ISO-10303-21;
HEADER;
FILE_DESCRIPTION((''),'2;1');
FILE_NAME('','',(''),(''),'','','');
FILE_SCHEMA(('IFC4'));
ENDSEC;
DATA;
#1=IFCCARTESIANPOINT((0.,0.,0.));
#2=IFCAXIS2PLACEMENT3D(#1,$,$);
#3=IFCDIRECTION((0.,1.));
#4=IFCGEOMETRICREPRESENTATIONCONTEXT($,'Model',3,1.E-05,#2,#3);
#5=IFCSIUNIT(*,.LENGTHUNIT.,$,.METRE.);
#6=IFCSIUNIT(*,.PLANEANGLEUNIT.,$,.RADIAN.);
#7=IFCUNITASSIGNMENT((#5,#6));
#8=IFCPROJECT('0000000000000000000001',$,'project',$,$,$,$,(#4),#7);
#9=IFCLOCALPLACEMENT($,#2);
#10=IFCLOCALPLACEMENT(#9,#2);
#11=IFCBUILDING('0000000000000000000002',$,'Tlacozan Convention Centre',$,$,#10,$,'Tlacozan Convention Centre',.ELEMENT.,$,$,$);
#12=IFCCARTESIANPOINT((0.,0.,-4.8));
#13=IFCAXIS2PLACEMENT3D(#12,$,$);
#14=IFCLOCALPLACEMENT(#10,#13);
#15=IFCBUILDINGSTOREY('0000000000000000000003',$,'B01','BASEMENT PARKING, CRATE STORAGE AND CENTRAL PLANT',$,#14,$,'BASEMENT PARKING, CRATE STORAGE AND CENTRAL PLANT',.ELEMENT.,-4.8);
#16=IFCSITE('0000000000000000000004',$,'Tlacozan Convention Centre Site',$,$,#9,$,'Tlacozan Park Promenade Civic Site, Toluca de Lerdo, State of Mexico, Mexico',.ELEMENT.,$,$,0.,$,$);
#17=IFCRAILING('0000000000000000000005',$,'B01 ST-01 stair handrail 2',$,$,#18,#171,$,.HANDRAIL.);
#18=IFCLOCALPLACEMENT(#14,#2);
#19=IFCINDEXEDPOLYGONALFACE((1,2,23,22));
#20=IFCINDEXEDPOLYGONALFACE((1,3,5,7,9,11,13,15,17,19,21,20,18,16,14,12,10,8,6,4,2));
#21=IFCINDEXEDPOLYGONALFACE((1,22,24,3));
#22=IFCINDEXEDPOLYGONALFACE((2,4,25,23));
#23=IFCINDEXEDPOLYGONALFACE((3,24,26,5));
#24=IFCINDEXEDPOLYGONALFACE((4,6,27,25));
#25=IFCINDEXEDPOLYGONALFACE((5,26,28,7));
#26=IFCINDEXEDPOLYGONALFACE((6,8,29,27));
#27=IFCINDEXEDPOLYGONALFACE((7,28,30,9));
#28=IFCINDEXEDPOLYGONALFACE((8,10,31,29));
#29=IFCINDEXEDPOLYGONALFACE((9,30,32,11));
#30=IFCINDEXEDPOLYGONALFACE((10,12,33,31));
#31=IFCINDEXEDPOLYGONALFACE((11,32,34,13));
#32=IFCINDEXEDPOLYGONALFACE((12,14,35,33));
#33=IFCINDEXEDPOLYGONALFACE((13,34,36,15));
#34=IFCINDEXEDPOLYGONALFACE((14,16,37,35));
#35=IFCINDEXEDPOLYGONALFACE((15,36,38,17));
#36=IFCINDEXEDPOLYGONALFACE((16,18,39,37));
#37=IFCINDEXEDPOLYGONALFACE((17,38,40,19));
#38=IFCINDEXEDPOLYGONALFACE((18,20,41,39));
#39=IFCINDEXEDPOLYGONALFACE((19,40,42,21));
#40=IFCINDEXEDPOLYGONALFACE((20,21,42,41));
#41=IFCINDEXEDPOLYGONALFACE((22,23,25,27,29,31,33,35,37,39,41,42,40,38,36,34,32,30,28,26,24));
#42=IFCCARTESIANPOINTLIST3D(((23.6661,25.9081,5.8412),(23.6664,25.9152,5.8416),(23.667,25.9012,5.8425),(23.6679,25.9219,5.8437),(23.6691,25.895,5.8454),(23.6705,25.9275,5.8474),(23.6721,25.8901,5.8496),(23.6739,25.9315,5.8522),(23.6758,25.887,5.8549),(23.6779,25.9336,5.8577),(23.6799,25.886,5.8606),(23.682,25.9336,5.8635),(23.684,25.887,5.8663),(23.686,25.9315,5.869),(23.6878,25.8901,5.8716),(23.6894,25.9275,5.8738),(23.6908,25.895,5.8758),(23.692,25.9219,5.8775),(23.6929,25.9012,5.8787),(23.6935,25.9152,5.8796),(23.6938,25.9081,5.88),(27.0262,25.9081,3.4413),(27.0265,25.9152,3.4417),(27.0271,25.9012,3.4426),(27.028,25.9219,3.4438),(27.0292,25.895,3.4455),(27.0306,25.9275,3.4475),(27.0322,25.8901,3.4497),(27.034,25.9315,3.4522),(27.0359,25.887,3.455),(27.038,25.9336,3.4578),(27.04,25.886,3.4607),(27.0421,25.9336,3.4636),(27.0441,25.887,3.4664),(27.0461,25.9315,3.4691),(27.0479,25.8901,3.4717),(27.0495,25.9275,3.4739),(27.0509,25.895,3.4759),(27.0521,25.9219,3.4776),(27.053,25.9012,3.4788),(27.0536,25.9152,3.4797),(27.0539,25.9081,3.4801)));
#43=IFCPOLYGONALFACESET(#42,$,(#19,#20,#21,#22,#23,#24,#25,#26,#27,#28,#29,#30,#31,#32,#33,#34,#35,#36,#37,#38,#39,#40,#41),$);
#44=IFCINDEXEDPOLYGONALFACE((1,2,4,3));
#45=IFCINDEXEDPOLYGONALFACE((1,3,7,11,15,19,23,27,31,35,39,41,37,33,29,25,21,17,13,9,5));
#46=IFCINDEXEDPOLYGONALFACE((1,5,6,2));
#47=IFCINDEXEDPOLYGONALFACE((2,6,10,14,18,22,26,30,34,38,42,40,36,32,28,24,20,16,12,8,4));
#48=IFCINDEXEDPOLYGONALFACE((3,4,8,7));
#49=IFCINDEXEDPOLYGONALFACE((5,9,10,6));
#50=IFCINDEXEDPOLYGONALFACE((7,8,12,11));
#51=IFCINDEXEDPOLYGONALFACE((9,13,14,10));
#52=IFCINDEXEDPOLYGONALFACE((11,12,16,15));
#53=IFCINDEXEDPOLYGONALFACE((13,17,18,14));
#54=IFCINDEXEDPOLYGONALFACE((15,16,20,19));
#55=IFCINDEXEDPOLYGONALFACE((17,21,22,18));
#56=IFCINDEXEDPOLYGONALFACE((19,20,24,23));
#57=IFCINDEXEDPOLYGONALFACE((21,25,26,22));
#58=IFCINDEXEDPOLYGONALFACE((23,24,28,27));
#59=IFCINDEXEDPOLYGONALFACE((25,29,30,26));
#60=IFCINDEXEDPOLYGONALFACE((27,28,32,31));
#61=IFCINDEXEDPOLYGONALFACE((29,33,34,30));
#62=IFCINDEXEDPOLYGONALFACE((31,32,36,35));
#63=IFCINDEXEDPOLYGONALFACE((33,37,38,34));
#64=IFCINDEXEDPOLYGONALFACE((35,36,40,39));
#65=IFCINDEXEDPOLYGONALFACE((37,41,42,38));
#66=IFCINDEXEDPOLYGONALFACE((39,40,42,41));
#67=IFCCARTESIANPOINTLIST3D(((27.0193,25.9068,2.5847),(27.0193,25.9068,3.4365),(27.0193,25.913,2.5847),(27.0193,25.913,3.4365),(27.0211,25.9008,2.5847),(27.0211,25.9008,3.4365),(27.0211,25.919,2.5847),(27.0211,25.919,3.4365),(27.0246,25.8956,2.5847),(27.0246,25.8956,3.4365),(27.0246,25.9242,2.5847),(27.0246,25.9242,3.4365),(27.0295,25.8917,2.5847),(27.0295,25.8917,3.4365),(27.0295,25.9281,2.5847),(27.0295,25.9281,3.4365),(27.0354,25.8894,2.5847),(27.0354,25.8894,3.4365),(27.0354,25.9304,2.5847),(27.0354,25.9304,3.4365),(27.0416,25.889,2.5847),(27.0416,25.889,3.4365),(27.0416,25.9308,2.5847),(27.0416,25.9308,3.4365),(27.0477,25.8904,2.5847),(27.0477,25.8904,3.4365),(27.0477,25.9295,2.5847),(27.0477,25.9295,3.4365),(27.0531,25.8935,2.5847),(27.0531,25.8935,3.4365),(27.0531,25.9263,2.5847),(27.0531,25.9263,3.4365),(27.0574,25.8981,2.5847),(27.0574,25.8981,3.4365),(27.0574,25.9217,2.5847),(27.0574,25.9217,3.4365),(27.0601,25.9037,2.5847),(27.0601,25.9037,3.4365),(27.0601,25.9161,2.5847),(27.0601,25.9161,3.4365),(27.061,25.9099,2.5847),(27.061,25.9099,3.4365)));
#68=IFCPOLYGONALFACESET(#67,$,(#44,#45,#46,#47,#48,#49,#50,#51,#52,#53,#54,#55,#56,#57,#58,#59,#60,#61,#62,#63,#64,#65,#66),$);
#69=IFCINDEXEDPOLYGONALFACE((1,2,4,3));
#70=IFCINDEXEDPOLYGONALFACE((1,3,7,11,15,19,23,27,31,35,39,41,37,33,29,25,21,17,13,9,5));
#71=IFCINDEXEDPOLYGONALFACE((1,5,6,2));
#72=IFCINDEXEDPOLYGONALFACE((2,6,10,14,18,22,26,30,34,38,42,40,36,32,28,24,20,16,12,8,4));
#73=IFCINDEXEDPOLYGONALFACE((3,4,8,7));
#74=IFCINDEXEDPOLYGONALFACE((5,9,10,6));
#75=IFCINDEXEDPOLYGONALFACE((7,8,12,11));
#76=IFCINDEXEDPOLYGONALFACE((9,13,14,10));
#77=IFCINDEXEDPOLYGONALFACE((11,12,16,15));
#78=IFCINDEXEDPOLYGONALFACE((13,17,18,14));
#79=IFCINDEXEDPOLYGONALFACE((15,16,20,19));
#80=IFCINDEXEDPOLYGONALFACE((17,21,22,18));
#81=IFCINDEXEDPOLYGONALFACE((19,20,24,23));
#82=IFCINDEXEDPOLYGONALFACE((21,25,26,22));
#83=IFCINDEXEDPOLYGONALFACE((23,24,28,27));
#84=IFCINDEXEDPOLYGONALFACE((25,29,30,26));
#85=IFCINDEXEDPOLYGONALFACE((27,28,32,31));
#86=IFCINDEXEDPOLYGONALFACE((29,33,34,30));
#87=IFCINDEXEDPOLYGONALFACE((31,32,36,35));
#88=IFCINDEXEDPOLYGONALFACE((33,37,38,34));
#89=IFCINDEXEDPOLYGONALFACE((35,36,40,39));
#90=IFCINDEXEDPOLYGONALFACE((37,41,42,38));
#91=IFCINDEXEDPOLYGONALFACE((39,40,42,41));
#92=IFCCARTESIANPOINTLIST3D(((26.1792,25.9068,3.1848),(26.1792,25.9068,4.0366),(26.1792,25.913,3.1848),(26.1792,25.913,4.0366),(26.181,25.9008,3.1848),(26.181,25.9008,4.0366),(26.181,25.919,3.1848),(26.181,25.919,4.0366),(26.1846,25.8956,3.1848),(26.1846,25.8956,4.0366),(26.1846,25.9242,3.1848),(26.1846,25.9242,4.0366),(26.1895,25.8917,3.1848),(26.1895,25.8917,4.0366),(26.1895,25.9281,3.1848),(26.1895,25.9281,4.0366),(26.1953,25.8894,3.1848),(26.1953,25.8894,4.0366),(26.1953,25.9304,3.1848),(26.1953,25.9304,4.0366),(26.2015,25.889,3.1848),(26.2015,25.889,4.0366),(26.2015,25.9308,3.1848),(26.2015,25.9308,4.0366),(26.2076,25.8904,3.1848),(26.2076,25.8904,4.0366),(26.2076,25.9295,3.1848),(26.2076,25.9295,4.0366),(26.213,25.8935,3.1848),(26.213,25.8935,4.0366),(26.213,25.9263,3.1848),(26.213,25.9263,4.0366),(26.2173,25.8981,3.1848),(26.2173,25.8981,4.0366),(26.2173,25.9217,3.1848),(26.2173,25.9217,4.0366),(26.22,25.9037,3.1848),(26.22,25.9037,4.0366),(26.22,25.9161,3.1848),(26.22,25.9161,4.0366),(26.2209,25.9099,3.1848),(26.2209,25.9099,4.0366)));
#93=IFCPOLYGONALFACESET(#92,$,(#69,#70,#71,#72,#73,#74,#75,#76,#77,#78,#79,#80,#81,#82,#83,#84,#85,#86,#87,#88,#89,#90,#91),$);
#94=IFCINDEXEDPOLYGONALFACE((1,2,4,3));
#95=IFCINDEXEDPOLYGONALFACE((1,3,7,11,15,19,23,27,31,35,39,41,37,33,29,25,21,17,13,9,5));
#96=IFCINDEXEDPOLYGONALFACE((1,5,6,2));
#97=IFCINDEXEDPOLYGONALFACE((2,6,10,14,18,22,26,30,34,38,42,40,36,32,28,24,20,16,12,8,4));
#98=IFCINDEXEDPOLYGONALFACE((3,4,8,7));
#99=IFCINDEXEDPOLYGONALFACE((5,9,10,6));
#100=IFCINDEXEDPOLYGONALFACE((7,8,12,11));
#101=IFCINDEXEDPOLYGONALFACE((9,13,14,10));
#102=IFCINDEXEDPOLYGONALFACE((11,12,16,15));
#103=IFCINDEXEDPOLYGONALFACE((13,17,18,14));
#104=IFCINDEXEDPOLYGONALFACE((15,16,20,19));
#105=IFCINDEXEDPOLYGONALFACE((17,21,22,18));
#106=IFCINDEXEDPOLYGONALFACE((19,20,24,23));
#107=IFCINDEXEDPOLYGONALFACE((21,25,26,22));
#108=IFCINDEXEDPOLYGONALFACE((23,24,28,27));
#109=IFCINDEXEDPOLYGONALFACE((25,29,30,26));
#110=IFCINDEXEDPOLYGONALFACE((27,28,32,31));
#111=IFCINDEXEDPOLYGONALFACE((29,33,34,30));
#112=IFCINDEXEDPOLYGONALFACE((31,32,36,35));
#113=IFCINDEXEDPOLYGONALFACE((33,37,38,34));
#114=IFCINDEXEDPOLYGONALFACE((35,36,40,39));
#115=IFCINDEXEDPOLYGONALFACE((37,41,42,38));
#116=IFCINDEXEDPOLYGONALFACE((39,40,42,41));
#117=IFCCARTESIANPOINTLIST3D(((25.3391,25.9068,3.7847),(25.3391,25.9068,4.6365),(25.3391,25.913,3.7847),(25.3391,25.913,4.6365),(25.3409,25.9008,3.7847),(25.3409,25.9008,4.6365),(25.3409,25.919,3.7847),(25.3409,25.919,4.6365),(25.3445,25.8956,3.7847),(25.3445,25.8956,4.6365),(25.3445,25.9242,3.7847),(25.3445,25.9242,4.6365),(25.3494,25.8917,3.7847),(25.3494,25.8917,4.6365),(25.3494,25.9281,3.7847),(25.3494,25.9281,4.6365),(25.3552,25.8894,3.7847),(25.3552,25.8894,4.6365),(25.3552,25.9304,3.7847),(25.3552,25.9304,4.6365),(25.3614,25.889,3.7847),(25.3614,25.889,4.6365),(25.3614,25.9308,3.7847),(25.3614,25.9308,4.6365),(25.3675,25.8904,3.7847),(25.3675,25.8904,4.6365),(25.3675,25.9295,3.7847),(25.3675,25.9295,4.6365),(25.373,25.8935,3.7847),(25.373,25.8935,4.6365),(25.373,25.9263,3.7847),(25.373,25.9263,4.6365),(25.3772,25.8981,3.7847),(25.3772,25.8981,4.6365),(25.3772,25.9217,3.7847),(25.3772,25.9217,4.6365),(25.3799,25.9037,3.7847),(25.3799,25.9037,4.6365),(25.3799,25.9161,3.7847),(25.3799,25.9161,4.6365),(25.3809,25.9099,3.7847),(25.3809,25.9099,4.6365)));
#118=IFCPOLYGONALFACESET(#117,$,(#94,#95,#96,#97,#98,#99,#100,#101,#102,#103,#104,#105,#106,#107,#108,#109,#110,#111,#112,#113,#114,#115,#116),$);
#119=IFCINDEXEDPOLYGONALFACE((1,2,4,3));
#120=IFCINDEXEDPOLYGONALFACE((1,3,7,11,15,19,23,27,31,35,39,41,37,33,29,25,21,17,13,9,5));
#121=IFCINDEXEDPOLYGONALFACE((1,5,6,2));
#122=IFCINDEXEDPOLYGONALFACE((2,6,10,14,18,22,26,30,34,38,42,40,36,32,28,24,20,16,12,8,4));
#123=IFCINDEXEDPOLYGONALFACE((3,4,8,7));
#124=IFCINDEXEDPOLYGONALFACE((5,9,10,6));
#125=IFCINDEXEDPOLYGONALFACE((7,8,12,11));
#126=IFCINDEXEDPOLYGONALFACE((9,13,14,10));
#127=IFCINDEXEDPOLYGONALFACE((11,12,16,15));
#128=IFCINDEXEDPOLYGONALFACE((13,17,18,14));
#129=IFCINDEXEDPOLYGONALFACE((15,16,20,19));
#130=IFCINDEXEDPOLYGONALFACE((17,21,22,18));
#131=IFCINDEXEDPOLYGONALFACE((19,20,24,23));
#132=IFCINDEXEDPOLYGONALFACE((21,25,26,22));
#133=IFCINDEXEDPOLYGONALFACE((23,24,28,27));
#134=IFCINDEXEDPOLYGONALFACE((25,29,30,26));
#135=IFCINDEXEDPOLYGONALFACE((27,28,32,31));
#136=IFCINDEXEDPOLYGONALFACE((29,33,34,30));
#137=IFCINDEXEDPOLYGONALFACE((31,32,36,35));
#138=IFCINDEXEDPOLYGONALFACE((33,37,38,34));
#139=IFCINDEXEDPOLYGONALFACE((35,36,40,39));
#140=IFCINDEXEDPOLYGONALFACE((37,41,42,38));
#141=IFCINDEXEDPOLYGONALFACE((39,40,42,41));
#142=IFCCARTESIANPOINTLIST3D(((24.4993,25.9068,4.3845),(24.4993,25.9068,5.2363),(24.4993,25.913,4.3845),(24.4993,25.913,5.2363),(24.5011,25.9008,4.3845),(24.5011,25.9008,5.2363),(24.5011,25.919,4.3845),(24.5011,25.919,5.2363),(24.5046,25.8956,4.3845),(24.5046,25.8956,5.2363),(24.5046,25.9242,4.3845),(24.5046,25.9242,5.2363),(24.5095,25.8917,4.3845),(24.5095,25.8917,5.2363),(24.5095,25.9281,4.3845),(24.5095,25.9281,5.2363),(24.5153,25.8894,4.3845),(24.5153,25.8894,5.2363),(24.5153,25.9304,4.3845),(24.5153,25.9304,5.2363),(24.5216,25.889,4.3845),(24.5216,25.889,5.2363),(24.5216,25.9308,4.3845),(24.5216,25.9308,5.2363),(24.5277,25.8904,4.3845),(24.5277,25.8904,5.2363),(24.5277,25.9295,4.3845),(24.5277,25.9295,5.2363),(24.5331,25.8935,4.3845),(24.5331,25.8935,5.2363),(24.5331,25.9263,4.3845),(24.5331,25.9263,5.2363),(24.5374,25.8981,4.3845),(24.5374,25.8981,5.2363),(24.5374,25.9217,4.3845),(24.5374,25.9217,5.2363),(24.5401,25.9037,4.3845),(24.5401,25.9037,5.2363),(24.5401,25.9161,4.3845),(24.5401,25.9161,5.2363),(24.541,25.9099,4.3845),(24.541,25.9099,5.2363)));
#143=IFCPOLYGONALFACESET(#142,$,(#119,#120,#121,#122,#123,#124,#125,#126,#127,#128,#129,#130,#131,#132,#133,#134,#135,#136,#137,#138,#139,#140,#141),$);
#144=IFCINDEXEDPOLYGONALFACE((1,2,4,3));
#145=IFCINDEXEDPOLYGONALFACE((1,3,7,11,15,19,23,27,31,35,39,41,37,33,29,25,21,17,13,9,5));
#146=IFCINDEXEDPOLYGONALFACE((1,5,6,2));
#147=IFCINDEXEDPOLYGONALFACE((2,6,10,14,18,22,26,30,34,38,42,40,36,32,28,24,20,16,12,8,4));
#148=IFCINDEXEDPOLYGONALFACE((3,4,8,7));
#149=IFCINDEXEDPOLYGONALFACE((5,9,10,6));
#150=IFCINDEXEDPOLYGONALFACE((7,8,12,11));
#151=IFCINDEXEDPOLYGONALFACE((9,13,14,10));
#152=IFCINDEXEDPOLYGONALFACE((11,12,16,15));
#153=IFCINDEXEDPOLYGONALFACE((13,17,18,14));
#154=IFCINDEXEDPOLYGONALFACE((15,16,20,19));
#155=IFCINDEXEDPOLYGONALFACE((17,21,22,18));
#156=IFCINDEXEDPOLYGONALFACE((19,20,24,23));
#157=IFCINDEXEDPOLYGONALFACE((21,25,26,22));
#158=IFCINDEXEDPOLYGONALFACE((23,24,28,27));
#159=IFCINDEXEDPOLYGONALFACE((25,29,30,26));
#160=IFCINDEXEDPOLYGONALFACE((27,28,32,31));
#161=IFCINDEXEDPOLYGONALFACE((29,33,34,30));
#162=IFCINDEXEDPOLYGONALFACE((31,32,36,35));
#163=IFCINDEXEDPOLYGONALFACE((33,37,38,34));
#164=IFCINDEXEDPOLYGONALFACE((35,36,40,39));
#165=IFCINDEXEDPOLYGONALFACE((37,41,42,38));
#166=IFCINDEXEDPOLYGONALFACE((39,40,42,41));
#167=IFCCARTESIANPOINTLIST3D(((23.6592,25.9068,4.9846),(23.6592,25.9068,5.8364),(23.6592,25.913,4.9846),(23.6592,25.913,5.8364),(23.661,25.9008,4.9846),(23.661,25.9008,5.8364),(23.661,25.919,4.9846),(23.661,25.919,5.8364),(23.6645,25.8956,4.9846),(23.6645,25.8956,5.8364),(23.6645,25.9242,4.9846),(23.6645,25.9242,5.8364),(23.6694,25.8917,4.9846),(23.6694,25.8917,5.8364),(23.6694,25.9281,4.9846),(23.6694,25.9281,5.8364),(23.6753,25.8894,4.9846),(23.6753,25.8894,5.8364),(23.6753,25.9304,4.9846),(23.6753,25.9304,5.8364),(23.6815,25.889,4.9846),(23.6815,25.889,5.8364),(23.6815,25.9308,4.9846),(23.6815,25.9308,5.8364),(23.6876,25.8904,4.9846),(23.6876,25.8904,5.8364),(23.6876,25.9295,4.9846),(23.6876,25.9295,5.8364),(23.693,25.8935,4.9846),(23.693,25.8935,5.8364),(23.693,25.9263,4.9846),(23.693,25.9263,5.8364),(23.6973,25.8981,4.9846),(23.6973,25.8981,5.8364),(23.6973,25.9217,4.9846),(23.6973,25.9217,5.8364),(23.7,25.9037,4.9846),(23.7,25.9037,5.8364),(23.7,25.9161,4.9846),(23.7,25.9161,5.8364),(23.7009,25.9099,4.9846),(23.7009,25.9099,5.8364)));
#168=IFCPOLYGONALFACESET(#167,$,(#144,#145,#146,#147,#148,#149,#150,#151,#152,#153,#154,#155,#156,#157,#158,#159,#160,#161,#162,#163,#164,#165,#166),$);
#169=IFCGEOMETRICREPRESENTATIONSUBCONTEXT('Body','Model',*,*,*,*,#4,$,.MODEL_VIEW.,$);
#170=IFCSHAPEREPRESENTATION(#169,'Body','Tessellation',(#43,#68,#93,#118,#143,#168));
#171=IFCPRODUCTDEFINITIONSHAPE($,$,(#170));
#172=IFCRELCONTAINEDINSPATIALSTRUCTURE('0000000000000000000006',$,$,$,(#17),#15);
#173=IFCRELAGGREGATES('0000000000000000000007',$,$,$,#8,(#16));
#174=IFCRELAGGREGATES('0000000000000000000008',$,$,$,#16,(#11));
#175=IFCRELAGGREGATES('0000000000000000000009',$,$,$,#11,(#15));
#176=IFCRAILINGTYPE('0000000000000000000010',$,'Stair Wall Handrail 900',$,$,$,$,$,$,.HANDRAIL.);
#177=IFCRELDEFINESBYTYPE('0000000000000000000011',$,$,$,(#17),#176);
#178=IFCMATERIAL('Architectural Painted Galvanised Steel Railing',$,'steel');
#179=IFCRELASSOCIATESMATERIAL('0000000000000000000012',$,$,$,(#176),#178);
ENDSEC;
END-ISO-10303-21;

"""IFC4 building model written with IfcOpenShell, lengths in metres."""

from ifc_helpers import new_model, si_unit, direction, frame, origin, origin_2d, place, context, subcontext, project, spatial, circle, extrude, material, type_object, element, save


model = new_model("IFC4")

# Units and contexts
model_context = context("Model", 3, precision=1e-05, world=origin(), true_north=direction((0.0, 1.0)))
body_context = subcontext(model_context, "Body", "Model", "MODEL_VIEW")
ifc_project = project(units=[si_unit("LENGTHUNIT", "METRE"), si_unit("PLANEANGLEUNIT", "RADIAN")], contexts=[model_context])

# Site, building, storey
site_placement = place(None, origin())
site = spatial("IfcSite", under=ifc_project, at=site_placement, Name="Tlacozan Convention Centre Site", LongName="Tlacozan Park Promenade Civic Site, Toluca de Lerdo, State of Mexico, Mexico", CompositionType="ELEMENT", RefElevation=0.0)
building_placement = place(site_placement, origin())
building = spatial("IfcBuilding", under=site, at=building_placement, Name="Tlacozan Convention Centre", LongName="Tlacozan Convention Centre", CompositionType="ELEMENT")
storey_placement = place(building_placement, frame((0.0, 0.0, -4.8)))
storey = spatial("IfcBuildingStorey", under=building, at=storey_placement, Name="B01", Description="BASEMENT PARKING, CRATE STORAGE AND CENTRAL PLANT", LongName="BASEMENT PARKING, CRATE STORAGE AND CENTRAL PLANT", CompositionType="ELEMENT", Elevation=-4.8)

# Railing
ifc_material_1 = material(Name="Architectural Painted Galvanised Steel Railing", Category="steel")
railing_type_1 = type_object("IfcRailingType", Name="Stair Wall Handrail 900", PredefinedType="HANDRAIL", material=ifc_material_1)
railing_1_placement = place(storey_placement, frame((27.04, 25.9099, 2.5847)))
element("IfcRailing", 1, at=railing_1_placement, inside=storey, type_object=railing_type_1, Name="B01 ST-01 stair handrail 2", PredefinedType="HANDRAIL", context=body_context, shape_type="SweptSolid", body=[
    extrude(circle(Radius=0.0239, at=origin_2d()), frame((0.0, 0.0, 0.876), z_axis=(-0.813753, 0.0, 0.58121), x_axis=(0.0, -1.0, 0.0)), (0.0, 0.0, 1.0), 4.1292),
    extrude(circle(Radius=0.021, at=origin_2d()), origin(), (0.0, 0.0, 1.0), 0.8518),
    extrude(circle(Radius=0.021, at=origin_2d()), frame((-0.8401, 0.0, 0.6001)), (0.0, 0.0, 1.0), 0.8518),
    extrude(circle(Radius=0.021, at=origin_2d()), frame((-1.6802, 0.0, 1.2)), (0.0, 0.0, 1.0), 0.8518),
    extrude(circle(Radius=0.021, at=origin_2d()), frame((-2.52, 0.0, 1.7998)), (0.0, 0.0, 1.0), 0.8518),
    extrude(circle(Radius=0.021, at=origin_2d()), frame((-3.3601, 0.0, 2.3999)), (0.0, 0.0, 1.0), 0.8518),
])

save(model, "model.ifc")
